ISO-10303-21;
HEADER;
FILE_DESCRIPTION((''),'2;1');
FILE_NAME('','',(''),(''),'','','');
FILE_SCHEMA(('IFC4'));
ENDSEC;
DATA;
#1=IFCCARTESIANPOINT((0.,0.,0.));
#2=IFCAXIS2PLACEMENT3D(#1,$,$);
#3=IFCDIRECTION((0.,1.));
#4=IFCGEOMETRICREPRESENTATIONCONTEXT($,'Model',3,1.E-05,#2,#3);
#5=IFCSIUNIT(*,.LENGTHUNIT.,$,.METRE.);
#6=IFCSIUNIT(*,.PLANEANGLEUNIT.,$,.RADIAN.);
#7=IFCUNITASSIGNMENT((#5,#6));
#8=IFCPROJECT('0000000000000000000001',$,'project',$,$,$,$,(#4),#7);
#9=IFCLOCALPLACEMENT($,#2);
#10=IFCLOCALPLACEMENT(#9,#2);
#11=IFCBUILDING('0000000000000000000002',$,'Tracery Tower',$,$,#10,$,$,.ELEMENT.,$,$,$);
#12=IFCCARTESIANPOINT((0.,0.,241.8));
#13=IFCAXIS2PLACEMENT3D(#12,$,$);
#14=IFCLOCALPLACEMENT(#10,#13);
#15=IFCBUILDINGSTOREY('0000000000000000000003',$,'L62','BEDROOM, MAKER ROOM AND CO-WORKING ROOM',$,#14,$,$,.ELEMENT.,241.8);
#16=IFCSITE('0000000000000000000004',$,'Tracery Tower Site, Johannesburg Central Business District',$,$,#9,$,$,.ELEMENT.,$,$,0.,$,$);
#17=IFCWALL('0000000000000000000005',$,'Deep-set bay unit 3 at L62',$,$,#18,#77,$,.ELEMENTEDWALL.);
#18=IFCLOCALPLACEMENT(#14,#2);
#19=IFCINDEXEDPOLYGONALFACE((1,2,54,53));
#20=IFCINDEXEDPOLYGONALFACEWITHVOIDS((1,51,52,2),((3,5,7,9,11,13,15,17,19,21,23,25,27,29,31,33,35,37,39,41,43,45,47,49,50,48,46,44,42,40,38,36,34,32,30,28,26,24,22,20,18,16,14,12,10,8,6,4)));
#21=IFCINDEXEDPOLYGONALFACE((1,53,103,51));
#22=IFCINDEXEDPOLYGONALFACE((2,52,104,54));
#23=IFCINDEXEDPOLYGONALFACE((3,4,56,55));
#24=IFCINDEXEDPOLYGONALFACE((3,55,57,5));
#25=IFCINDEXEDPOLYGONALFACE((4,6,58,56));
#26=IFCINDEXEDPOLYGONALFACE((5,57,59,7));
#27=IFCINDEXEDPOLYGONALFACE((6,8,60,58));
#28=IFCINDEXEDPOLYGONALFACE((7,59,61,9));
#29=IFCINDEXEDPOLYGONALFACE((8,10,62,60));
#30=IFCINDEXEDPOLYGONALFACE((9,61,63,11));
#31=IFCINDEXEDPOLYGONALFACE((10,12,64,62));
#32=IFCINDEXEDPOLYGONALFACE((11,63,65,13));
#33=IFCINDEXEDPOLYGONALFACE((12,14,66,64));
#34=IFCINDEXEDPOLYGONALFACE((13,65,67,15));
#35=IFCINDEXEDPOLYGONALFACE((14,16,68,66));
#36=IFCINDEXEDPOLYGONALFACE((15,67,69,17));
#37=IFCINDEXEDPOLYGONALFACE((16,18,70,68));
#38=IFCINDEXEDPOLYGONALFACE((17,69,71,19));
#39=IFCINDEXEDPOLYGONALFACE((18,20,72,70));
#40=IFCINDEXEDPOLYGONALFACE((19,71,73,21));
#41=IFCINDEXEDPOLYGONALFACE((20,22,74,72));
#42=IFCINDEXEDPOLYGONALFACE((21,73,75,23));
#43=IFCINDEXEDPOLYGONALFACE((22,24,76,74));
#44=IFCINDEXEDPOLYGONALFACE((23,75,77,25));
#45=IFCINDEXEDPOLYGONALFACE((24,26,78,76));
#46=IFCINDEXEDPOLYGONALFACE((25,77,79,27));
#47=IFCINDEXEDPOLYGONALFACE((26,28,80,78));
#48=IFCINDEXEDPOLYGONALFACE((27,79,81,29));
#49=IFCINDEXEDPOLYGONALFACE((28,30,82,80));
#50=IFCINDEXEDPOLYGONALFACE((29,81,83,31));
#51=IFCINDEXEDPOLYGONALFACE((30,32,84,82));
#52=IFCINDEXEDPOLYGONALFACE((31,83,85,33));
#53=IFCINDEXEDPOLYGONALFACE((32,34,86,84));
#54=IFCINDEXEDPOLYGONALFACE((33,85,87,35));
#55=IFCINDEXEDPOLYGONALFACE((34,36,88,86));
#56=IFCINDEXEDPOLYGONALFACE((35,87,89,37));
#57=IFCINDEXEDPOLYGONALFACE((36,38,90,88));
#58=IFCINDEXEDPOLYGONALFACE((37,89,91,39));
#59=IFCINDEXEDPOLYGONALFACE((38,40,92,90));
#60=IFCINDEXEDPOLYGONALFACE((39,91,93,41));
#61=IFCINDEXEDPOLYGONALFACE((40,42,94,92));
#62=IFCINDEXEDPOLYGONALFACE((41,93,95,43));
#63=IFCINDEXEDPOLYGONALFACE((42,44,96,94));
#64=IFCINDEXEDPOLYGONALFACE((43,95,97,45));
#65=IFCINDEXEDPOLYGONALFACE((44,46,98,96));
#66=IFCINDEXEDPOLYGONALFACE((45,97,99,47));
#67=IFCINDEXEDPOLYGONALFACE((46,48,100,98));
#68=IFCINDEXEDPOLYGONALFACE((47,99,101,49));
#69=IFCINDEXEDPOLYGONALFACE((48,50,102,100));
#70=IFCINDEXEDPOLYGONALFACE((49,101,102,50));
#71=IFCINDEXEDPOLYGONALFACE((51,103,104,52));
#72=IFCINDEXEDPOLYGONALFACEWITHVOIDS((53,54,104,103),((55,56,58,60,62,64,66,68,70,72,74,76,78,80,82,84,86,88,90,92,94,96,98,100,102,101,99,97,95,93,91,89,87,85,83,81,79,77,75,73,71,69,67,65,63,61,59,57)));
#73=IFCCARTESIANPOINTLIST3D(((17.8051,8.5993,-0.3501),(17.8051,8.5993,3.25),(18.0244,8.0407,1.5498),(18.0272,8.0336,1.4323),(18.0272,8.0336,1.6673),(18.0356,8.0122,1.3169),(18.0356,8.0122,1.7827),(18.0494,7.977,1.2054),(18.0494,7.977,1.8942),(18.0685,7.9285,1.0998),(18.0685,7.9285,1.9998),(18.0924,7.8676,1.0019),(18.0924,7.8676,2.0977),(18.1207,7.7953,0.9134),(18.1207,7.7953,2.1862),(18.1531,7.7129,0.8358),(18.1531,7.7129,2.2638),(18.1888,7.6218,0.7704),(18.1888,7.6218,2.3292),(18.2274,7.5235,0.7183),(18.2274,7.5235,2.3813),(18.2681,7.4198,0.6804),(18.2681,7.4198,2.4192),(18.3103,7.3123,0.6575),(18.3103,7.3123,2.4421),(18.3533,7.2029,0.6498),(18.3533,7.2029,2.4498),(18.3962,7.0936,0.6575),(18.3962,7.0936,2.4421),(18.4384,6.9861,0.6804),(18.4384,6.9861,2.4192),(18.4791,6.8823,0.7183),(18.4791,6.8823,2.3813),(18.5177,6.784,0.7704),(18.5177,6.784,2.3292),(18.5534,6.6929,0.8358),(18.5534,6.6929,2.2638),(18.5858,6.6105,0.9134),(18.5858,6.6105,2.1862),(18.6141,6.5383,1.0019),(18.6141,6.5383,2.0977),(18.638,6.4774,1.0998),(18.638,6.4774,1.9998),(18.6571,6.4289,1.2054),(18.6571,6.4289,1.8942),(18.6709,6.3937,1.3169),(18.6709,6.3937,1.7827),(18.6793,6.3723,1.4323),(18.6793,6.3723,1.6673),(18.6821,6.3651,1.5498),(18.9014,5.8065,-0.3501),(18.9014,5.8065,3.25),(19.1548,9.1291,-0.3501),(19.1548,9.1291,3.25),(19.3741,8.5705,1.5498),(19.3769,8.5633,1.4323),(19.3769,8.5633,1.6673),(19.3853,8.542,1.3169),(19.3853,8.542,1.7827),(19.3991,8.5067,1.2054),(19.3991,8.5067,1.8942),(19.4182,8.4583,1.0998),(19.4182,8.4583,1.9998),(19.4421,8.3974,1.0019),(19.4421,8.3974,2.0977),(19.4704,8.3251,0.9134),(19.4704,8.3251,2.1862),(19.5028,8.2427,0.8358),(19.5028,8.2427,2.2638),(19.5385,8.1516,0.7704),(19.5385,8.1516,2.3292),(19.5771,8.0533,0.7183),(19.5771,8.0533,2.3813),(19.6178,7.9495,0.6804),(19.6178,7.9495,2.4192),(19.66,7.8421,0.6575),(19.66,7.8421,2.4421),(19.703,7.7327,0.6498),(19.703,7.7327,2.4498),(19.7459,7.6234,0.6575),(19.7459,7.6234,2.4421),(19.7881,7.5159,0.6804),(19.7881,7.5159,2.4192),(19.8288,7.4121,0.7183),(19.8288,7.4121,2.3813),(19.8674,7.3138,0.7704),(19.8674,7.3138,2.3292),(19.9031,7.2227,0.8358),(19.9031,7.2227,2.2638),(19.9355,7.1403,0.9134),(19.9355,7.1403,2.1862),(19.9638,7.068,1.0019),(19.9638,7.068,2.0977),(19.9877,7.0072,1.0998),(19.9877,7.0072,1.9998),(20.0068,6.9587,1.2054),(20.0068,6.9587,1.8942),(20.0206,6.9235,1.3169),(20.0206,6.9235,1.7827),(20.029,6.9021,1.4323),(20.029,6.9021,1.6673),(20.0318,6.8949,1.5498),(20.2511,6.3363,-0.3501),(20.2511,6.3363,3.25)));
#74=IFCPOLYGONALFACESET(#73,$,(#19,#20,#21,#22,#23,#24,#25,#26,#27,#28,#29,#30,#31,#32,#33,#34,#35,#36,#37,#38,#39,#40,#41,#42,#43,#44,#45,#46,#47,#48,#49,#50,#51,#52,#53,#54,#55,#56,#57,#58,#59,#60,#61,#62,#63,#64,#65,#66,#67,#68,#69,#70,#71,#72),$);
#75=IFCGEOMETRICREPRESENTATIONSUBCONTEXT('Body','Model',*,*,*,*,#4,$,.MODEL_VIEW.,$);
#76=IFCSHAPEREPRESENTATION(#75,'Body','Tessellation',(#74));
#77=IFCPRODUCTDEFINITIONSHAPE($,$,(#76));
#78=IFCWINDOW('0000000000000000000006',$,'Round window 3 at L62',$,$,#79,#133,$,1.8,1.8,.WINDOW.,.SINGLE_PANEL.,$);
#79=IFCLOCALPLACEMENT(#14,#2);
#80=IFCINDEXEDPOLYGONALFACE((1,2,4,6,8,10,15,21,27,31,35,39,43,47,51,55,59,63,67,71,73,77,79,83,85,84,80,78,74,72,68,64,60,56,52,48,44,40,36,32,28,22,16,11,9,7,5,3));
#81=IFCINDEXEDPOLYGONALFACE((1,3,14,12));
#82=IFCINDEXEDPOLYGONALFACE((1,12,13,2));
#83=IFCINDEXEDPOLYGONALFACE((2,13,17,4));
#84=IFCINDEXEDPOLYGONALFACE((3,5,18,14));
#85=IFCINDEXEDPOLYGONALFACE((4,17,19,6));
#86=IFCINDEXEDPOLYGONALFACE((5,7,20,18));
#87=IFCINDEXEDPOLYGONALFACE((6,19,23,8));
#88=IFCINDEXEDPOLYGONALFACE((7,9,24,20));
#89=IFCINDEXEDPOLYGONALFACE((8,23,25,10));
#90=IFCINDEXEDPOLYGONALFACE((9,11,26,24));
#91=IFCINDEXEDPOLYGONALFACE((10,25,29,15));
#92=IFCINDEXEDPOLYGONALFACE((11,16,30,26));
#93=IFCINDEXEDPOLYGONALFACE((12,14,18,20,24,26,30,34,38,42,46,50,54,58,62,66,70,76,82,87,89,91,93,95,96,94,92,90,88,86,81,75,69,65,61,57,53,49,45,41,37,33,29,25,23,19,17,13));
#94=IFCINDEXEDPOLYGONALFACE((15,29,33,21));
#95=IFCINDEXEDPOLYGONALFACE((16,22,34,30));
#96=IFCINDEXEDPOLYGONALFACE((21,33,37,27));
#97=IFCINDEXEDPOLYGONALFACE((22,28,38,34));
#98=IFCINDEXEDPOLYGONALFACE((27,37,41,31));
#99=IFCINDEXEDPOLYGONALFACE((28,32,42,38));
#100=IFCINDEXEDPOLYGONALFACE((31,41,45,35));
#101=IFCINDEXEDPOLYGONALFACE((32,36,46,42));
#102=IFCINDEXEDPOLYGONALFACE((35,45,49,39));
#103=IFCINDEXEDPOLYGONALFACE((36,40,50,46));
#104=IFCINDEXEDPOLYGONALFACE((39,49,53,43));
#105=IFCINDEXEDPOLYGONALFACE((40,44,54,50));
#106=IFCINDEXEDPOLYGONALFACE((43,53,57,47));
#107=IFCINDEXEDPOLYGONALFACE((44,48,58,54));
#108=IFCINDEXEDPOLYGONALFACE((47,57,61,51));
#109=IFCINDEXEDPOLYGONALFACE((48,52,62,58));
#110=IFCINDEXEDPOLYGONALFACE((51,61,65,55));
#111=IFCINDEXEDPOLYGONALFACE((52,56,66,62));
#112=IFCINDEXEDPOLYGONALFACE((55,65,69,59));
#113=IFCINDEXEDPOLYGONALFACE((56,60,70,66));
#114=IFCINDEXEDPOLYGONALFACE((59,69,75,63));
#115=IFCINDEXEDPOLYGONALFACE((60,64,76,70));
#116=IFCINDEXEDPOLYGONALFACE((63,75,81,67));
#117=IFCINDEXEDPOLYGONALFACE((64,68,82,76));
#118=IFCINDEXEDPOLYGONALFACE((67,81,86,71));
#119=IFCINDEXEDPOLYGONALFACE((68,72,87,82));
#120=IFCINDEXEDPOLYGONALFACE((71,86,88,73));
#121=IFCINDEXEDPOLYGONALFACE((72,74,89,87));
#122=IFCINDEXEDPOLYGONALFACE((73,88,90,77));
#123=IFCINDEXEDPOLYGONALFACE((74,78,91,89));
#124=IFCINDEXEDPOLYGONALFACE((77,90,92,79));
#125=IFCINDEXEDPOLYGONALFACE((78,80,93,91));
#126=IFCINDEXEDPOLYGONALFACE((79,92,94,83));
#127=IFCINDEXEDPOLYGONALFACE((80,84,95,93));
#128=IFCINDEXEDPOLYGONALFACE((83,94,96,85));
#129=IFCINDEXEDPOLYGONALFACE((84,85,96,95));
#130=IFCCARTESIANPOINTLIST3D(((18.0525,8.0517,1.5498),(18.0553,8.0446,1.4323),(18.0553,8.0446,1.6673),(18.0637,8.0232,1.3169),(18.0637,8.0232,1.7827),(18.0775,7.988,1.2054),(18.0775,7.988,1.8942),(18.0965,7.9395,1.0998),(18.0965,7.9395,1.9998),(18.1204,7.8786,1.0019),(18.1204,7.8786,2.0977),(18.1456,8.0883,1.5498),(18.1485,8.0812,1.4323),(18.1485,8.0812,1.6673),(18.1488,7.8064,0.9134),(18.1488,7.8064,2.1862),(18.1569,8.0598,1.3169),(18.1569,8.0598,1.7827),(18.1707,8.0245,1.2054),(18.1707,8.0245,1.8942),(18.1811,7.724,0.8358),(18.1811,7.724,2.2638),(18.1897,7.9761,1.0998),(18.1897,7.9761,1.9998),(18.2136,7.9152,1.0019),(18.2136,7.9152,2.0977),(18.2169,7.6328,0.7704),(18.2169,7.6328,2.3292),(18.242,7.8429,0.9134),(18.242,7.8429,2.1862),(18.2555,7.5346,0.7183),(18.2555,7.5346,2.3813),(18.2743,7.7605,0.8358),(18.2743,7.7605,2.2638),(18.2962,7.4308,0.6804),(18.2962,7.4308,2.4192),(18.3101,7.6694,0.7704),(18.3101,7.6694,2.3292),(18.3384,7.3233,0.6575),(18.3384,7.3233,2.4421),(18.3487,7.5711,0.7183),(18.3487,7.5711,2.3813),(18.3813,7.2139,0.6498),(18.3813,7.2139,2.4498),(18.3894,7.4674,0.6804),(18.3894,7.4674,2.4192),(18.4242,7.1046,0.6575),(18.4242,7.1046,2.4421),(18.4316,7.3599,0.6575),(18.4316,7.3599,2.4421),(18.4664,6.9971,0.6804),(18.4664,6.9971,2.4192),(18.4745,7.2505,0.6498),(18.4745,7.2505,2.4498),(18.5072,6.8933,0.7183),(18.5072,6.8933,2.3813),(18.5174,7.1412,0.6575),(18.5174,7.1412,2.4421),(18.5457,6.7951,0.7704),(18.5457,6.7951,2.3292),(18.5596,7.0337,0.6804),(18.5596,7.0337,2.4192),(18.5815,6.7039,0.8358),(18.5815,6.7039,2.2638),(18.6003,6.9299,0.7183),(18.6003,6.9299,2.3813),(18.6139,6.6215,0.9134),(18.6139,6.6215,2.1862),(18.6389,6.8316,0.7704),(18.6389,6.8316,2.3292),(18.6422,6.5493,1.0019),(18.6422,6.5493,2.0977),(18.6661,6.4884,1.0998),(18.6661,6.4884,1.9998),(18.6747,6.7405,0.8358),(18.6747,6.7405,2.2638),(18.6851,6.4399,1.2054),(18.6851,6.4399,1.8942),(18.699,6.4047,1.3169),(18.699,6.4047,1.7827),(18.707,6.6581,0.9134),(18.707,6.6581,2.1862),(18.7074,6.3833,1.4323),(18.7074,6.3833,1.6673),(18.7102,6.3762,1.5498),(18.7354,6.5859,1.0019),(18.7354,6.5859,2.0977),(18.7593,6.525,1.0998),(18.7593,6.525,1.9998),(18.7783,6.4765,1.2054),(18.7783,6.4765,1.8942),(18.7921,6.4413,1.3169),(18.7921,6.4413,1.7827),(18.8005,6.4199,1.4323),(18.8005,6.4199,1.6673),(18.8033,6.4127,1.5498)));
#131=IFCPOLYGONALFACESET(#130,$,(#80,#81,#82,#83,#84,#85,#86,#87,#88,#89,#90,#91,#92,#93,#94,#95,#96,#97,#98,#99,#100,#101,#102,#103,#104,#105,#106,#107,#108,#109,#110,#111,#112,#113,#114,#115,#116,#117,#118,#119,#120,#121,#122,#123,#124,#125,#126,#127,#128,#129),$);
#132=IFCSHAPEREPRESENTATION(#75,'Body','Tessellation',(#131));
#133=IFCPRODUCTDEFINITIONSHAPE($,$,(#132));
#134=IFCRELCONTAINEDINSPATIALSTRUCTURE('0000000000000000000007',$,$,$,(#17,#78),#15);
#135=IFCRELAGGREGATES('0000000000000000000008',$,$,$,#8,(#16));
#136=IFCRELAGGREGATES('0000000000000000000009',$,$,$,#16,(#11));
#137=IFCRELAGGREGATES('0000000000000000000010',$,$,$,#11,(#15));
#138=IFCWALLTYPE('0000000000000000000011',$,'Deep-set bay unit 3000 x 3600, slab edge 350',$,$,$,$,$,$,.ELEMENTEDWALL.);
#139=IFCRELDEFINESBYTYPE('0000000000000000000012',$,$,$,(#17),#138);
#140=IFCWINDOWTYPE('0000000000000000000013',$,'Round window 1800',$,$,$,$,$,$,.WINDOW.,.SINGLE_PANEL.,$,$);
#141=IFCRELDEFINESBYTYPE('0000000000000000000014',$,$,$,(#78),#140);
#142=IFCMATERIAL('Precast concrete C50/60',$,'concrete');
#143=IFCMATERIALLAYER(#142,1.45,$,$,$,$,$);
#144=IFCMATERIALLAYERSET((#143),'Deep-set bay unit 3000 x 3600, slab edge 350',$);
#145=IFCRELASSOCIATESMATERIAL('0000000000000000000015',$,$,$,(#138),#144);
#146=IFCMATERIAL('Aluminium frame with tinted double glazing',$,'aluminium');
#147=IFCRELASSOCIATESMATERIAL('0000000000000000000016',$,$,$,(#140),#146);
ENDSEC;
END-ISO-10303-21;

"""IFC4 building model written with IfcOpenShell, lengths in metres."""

from ifc_helpers import new_model, si_unit, direction, frame, frame_2d, origin, origin_2d, place, context, subcontext, project, spatial, rectangle, circle, extrude, material, layer, layer_set, type_object, element, fill, save


model = new_model("IFC4")

# Units and contexts
model_context = context("Model", 3, precision=1e-05, world=origin(), true_north=direction((0.0, 1.0)))
body_context = subcontext(model_context, "Body", "Model", "MODEL_VIEW")
ifc_project = project(units=[si_unit("LENGTHUNIT", "METRE"), si_unit("PLANEANGLEUNIT", "RADIAN")], contexts=[model_context])

# Site, building, storey
site_placement = place(None, origin())
site = spatial("IfcSite", under=ifc_project, at=site_placement, Name="Tracery Tower Site, Johannesburg Central Business District", CompositionType="ELEMENT", RefElevation=0.0)
building_placement = place(site_placement, origin())
building = spatial("IfcBuilding", under=site, at=building_placement, Name="Tracery Tower", CompositionType="ELEMENT")
storey_placement = place(building_placement, frame((0.0, 0.0, 241.8)))
storey = spatial("IfcBuildingStorey", under=building, at=storey_placement, Name="L62", Description="BEDROOM, MAKER ROOM AND CO-WORKING ROOM", CompositionType="ELEMENT", Elevation=241.8)

# Wall, opening, window
ifc_material_1 = material(Name="Precast concrete C50/60", Category="concrete")
ifc_layer_1 = layer(ifc_material_1, 1.45)
ifc_layer_set_1 = layer_set([ifc_layer_1], Name="Deep-set bay unit 3000 x 3600, slab edge 350")
wall_type_1 = type_object("IfcWallType", Name="Deep-set bay unit 3000 x 3600, slab edge 350", PredefinedType="ELEMENTEDWALL", material=ifc_layer_set_1)
wall_1_placement = place(storey_placement, frame((19.5762, 6.0715, -0.3501), z_axis=(0.0, 0.0, 1.0), x_axis=(-0.365378, 0.930859, 0.0)))
wall_1 = element("IfcWall", 1, at=wall_1_placement, inside=storey, type_object=wall_type_1, Name="Deep-set bay unit 3 at L62", PredefinedType="ELEMENTEDWALL", context=body_context, shape_type="SweptSolid", body=[
    extrude(rectangle(XDim=3.0002, YDim=1.45, at=frame_2d((1.5, 0.0))), origin(), (0.0, 0.0, 1.0), 3.6001),
])
opening_1_placement = place(wall_1_placement, frame((1.5, 0.0, 1.8999)))
opening_1 = element("IfcOpeningElement", 2, at=opening_1_placement, cuts=wall_1, PredefinedType="OPENING", context=body_context, shape_type="SweptSolid", body=[
    extrude(circle(Radius=0.9, at=origin_2d()), frame((0.0, 0.7349, 0.0), z_axis=(0.0, -1.0, 0.0), x_axis=(1.0, 0.0, 0.0)), (0.0, 0.0, 1.0), 1.47),
])
ifc_material_2 = material(Name="Aluminium frame with tinted double glazing", Category="aluminium")
window_type = type_object("IfcWindowType", Name="Round window 1800", PartitioningType="SINGLE_PANEL", PredefinedType="WINDOW", material=ifc_material_2)
window_1_placement = place(opening_1_placement, origin())
window_1 = element("IfcWindow", 3, at=window_1_placement, inside=storey, type_object=window_type, Name="Round window 3 at L62", OverallHeight=1.8, OverallWidth=1.8, PartitioningType="SINGLE_PANEL", PredefinedType="WINDOW", context=body_context, shape_type="SweptSolid", body=[
    extrude(circle(Radius=0.9, at=origin_2d()), frame((0.0, 0.6948, 0.0), z_axis=(0.0, -1.0, 0.0), x_axis=(1.0, 0.0, 0.0)), (0.0, 0.0, 1.0), 0.1001),
])
fill(opening_1, window_1)

save(model, "model.ifc")
